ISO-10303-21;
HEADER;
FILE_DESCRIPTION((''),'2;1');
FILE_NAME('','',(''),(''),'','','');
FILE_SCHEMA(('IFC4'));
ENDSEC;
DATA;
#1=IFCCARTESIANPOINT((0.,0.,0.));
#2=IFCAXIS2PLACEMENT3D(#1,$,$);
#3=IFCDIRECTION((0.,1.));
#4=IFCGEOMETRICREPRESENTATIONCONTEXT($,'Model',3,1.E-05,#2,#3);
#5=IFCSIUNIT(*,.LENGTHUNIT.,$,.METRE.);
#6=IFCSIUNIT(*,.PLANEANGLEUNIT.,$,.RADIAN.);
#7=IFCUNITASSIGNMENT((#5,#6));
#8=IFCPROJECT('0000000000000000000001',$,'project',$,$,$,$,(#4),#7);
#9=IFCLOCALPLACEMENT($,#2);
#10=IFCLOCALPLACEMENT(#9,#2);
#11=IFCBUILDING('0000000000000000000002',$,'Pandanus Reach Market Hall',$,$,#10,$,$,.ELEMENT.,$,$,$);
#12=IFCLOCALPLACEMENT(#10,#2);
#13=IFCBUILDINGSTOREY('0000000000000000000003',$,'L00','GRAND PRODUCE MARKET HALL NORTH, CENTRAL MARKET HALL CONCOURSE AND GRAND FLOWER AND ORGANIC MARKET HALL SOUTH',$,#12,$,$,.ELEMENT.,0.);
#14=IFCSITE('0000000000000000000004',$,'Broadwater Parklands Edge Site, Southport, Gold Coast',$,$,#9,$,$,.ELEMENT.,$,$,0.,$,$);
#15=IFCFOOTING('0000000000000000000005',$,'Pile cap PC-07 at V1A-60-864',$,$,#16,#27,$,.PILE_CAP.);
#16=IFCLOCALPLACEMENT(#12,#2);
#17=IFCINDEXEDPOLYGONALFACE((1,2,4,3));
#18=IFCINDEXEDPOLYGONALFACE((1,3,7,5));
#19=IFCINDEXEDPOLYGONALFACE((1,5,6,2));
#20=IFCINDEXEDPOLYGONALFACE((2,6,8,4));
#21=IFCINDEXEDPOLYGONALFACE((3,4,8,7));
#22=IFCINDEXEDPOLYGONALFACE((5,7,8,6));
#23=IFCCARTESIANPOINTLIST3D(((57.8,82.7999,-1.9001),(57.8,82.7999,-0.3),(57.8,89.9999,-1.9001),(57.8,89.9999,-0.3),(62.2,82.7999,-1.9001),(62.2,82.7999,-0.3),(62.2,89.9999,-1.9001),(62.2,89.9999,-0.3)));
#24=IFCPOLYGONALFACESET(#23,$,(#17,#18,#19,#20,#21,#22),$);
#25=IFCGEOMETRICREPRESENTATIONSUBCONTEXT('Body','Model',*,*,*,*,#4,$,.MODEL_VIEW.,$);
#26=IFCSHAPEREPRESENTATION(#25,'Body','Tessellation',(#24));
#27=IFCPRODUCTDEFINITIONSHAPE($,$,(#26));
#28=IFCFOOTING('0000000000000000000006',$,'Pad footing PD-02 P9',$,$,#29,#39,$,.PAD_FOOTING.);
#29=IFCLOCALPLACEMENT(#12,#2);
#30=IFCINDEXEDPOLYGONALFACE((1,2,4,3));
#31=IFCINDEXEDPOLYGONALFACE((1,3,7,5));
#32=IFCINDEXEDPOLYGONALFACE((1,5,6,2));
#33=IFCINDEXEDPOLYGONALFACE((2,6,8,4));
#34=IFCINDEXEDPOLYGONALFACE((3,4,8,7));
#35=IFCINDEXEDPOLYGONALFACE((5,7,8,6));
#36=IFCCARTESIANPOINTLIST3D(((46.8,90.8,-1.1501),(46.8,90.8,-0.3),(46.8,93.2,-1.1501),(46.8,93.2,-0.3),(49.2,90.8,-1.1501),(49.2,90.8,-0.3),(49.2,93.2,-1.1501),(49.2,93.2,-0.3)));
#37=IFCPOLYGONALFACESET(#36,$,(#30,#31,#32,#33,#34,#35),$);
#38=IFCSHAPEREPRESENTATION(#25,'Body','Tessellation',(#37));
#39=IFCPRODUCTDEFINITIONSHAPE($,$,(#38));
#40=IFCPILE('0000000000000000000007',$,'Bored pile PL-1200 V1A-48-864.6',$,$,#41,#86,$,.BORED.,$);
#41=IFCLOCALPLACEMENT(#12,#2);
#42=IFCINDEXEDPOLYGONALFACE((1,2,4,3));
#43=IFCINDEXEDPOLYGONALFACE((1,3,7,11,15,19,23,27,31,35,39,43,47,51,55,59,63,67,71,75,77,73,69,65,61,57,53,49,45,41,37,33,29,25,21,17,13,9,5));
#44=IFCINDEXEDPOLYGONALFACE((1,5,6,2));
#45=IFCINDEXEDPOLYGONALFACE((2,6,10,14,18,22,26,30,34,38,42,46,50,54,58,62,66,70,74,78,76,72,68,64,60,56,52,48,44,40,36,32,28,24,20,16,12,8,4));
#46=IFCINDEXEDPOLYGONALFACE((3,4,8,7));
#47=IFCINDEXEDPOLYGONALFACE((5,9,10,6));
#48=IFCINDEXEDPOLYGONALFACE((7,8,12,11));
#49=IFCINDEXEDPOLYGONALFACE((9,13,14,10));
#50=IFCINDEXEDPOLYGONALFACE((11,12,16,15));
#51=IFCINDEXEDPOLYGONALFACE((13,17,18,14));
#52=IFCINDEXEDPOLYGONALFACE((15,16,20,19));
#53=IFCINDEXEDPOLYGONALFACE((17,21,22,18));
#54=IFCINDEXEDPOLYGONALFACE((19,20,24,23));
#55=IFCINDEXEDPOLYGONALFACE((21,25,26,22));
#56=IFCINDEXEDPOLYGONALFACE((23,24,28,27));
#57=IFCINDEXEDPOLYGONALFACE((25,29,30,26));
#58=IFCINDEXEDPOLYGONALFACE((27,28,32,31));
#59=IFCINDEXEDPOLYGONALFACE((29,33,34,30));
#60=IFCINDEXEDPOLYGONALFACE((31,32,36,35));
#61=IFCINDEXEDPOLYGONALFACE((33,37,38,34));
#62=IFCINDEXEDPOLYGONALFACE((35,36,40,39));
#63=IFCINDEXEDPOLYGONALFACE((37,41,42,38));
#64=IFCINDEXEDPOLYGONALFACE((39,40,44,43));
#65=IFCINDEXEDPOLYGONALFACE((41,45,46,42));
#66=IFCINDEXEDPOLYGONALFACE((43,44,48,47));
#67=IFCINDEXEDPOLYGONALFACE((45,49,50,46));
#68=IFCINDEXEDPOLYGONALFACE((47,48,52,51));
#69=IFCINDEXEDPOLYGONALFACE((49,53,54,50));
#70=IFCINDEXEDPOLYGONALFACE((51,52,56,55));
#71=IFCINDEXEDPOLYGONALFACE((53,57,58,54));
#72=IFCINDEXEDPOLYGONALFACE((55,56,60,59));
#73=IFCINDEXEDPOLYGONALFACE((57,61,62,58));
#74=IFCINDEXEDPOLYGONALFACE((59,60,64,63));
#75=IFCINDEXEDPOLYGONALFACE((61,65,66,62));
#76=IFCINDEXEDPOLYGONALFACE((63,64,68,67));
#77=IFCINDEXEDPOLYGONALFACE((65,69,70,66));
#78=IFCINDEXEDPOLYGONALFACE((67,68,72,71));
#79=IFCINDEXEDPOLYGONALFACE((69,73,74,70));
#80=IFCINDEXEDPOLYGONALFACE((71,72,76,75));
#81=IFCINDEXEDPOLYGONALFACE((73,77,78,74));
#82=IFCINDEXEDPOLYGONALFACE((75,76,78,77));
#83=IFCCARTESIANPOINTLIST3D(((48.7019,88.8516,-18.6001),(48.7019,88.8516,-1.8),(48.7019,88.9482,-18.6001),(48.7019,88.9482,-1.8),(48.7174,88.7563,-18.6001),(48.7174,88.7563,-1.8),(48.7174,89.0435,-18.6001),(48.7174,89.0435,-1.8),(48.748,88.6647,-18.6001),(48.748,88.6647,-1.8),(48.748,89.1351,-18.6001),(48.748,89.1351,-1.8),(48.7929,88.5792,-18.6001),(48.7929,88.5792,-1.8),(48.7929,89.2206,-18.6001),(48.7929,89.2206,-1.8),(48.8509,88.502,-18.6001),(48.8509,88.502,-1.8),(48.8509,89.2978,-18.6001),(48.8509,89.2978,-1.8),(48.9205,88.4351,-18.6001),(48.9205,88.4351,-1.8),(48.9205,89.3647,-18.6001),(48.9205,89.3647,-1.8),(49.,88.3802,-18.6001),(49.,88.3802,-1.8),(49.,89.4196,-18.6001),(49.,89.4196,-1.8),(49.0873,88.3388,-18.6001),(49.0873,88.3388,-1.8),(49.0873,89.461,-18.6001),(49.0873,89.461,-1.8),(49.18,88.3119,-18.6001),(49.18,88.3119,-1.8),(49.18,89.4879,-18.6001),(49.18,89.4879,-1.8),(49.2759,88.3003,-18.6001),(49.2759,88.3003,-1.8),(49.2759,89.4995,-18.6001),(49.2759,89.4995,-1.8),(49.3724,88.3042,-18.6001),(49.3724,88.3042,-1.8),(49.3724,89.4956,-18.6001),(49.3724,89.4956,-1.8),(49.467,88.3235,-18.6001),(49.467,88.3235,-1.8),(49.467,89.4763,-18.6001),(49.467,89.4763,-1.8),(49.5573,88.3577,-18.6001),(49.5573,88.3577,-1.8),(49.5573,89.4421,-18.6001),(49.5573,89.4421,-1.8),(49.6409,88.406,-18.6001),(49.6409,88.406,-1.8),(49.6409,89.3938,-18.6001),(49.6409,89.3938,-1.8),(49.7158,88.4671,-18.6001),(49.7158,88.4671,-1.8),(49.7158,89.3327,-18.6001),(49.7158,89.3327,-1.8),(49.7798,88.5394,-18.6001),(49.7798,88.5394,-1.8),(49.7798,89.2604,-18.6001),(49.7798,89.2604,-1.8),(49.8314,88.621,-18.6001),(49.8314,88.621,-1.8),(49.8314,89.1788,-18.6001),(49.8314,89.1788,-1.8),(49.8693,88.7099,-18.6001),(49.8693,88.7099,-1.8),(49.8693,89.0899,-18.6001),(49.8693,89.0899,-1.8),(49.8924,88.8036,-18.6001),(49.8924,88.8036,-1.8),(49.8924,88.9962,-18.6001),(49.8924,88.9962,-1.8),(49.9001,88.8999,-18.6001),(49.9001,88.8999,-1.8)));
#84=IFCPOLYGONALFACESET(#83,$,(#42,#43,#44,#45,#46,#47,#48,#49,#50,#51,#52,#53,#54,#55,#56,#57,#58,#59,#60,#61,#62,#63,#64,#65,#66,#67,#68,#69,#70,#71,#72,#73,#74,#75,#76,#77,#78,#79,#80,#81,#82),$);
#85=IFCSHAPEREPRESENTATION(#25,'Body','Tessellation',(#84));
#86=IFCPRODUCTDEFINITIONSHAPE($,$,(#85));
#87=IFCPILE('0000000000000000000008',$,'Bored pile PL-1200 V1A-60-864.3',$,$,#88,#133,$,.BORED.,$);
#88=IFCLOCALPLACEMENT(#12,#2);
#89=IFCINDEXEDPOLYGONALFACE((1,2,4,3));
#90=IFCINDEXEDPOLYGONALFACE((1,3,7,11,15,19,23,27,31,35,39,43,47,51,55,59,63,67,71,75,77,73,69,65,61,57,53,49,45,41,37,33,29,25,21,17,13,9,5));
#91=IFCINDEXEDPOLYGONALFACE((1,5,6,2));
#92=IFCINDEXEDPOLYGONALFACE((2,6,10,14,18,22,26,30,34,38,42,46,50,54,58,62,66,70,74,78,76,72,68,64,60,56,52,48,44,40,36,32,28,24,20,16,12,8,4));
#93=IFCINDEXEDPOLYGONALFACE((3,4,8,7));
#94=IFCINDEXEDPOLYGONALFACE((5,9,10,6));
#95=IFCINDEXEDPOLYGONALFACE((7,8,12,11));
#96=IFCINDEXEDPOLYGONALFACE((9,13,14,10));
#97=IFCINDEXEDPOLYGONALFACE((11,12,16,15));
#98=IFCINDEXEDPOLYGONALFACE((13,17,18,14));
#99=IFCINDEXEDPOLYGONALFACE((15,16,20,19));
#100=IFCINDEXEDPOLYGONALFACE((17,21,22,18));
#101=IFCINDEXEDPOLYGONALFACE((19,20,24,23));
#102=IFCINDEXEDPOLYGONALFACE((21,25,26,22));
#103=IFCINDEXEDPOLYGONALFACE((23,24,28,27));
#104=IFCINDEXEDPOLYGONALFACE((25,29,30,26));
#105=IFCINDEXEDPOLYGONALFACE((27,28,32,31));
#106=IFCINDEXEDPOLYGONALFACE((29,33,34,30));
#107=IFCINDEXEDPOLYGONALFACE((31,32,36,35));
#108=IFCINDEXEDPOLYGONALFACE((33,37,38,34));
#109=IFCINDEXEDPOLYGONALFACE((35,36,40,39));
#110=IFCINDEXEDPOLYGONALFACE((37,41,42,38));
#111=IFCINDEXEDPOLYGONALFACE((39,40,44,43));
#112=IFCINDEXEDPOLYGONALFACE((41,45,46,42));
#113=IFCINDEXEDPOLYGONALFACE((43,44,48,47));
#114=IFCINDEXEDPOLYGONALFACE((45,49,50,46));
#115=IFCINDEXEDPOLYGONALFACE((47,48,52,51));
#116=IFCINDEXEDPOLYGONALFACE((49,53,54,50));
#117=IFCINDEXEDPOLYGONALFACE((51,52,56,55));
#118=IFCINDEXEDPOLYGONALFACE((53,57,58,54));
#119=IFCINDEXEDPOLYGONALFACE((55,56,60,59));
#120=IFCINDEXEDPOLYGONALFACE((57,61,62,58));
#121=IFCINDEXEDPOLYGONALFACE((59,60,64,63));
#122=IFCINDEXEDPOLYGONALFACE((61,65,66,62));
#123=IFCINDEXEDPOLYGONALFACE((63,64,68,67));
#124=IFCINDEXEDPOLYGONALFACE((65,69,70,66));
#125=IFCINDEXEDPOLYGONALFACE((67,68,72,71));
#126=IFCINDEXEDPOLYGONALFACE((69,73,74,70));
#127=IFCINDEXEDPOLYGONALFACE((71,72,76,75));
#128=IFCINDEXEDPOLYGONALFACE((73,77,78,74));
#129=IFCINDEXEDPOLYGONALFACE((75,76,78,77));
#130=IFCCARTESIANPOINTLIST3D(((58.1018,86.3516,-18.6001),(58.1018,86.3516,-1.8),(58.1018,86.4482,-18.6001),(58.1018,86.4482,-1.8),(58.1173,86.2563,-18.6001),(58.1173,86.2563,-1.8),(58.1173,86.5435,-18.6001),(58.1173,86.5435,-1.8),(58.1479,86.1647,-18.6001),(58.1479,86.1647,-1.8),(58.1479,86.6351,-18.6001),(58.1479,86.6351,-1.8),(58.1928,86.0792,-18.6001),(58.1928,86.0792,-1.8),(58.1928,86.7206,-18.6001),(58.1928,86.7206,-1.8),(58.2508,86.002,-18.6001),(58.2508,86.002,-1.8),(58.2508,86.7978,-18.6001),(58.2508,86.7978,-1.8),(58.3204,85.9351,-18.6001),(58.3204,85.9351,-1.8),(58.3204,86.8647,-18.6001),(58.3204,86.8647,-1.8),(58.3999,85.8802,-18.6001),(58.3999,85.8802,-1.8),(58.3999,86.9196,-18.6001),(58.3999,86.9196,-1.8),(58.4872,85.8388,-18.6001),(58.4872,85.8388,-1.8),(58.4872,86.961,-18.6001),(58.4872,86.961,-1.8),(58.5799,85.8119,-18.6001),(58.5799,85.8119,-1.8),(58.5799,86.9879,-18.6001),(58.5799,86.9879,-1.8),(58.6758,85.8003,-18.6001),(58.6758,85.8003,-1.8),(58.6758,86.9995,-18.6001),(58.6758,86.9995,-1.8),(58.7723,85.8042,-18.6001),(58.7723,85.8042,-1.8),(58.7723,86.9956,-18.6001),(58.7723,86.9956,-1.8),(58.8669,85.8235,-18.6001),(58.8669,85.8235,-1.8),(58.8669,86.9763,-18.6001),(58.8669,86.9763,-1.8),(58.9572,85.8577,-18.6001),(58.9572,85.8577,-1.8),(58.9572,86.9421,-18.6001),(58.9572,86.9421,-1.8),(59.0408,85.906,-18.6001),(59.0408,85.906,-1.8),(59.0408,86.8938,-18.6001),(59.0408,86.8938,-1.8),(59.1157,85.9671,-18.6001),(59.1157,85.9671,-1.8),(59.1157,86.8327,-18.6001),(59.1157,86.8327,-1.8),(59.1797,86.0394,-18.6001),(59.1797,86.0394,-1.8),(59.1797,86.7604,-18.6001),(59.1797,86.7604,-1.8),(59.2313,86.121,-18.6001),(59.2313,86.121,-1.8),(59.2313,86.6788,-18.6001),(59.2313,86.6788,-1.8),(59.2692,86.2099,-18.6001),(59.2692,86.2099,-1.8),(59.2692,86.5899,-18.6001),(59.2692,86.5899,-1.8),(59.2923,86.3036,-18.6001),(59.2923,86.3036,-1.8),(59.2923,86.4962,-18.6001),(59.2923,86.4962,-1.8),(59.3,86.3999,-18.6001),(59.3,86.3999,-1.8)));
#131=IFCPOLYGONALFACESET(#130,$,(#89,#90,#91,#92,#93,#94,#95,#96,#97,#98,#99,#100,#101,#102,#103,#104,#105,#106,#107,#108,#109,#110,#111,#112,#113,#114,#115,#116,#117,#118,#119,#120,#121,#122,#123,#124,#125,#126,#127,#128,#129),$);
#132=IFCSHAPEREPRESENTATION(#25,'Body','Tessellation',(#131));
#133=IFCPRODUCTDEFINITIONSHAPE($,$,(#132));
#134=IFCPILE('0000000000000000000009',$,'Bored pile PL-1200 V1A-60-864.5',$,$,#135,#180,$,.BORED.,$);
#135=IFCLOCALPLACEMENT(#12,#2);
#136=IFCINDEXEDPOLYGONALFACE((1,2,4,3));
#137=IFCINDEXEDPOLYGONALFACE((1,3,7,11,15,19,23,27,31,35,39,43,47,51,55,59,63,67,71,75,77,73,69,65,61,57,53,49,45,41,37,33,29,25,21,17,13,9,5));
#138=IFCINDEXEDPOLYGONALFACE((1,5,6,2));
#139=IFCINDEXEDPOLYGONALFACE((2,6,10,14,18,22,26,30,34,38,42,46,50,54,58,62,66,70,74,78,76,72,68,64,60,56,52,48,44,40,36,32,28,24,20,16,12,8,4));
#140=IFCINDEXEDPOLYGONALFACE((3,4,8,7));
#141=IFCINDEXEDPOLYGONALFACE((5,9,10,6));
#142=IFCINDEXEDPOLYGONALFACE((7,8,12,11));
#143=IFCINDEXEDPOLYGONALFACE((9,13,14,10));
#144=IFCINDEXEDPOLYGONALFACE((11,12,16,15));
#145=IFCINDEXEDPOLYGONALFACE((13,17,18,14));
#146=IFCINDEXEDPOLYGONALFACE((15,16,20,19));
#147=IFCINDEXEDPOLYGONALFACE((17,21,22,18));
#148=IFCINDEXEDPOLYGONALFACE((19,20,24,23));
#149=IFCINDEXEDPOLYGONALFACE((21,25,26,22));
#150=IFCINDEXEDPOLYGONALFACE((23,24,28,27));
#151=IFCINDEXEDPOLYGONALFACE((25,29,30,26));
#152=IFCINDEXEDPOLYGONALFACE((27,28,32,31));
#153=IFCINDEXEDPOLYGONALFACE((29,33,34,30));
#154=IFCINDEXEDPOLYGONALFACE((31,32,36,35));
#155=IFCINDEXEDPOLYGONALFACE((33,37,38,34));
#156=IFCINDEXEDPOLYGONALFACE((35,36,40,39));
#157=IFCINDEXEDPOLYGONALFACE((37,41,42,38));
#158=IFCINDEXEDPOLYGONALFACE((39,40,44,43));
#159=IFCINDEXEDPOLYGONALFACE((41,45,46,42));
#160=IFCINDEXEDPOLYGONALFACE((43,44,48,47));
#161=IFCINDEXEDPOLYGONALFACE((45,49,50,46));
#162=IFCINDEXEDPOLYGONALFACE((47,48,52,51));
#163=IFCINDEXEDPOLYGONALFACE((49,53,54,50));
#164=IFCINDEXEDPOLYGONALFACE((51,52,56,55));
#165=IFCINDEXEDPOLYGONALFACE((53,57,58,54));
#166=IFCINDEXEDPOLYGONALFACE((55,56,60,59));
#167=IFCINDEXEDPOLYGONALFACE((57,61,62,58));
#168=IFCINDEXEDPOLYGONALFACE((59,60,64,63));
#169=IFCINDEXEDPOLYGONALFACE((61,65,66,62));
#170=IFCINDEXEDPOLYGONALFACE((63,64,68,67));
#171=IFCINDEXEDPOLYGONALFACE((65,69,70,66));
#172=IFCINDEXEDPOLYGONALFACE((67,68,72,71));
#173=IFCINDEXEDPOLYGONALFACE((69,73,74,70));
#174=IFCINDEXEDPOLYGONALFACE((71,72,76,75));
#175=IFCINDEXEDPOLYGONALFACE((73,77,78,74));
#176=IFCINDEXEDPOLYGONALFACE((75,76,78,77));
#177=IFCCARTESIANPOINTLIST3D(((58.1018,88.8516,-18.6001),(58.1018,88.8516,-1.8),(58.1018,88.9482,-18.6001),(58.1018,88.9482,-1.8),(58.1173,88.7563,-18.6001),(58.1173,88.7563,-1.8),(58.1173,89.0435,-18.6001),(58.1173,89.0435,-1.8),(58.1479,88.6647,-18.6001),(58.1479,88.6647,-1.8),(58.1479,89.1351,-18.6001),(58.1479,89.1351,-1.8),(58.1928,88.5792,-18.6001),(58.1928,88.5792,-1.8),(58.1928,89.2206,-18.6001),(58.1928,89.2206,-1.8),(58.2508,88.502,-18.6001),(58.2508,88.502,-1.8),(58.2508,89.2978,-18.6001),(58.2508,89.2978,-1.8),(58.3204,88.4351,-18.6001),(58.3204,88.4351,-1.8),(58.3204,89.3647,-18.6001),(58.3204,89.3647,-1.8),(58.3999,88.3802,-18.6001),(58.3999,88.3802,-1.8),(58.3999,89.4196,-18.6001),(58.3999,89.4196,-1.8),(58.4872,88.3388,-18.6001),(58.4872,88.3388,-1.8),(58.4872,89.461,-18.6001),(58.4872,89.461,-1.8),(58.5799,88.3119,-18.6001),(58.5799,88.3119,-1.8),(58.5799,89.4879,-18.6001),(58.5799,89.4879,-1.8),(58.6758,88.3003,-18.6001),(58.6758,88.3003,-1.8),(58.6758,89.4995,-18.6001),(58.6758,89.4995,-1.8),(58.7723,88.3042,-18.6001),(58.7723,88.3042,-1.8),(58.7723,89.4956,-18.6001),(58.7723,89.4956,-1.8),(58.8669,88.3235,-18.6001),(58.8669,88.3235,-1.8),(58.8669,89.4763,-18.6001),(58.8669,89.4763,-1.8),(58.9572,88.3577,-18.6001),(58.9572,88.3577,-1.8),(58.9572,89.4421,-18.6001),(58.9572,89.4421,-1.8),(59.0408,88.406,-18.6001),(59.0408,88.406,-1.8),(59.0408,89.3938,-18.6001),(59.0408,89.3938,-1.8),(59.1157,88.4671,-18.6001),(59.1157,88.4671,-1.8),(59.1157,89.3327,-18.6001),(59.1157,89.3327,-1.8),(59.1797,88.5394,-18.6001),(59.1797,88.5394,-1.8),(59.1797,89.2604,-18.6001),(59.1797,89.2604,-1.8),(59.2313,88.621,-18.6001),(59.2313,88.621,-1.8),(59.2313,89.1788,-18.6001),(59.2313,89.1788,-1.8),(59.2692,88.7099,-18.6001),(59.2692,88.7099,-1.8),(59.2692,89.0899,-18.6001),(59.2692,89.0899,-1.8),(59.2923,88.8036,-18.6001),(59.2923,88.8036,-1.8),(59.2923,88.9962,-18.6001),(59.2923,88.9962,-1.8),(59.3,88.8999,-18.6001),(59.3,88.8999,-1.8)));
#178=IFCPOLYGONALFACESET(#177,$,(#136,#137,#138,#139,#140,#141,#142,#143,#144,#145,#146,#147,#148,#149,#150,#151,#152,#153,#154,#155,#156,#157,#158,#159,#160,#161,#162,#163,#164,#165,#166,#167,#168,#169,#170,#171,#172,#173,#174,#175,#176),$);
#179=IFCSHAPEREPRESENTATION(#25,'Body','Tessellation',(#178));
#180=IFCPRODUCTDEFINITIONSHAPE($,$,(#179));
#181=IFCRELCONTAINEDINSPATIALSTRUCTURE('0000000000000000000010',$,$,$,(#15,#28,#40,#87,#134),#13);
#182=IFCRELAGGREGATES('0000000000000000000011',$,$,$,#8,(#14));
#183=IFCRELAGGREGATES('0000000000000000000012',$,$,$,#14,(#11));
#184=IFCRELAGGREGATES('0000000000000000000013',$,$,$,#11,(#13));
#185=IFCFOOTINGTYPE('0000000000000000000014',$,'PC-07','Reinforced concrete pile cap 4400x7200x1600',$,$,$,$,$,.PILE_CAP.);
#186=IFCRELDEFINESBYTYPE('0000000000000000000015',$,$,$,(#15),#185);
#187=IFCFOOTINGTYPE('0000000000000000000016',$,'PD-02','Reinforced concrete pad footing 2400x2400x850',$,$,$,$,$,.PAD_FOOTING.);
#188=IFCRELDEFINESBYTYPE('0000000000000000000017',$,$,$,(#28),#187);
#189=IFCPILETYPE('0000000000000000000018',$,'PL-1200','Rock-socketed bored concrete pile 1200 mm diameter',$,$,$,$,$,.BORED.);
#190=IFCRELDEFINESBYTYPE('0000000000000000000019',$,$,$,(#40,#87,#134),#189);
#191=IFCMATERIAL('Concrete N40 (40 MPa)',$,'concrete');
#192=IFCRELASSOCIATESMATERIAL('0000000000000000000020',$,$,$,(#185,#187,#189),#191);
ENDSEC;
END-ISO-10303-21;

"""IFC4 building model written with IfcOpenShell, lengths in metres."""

from ifc_helpers import new_model, si_unit, direction, frame, origin, origin_2d, place, context, subcontext, project, spatial, rectangle, circle, extrude, material, material_profile, profile_set, type_object, element, save


model = new_model("IFC4")

# Units and contexts
model_context = context("Model", 3, precision=1e-05, world=origin(), true_north=direction((0.0, 1.0)))
body_context = subcontext(model_context, "Body", "Model", "MODEL_VIEW")
ifc_project = project(units=[si_unit("LENGTHUNIT", "METRE"), si_unit("PLANEANGLEUNIT", "RADIAN")], contexts=[model_context])

# Site, building, storey
site_placement = place(None, origin())
site = spatial("IfcSite", under=ifc_project, at=site_placement, Name="Broadwater Parklands Edge Site, Southport, Gold Coast", CompositionType="ELEMENT", RefElevation=0.0)
building_placement = place(site_placement, origin())
building = spatial("IfcBuilding", under=site, at=building_placement, Name="Pandanus Reach Market Hall", CompositionType="ELEMENT")
storey_placement = place(building_placement, origin())
storey = spatial("IfcBuildingStorey", under=building, at=storey_placement, Name="L00", Description="GRAND PRODUCE MARKET HALL NORTH, CENTRAL MARKET HALL CONCOURSE AND GRAND FLOWER AND ORGANIC MARKET HALL SOUTH", CompositionType="ELEMENT", Elevation=0.0)

# Footings
ifc_material_1 = material(Name="Concrete N40 (40 MPa)", Category="concrete")
footing_type_1 = type_object("IfcFootingType", Name="PC-07", Description="Reinforced concrete pile cap 4400x7200x1600", PredefinedType="PILE_CAP", material=ifc_material_1)
footing_1_placement = place(storey_placement, frame((60.0, 86.3999, -1.9001), z_axis=(0.0, 0.0, 1.0), x_axis=(1.0, 0.0, 0.0)))
element("IfcFooting", 1, at=footing_1_placement, inside=storey, type_object=footing_type_1, Name="Pile cap PC-07 at V1A-60-864", PredefinedType="PILE_CAP", context=body_context, shape_type="SweptSolid", body=[
    extrude(rectangle(XDim=4.3999, YDim=7.2, at=origin_2d()), origin(), (0.0, 0.0, 1.0), 1.6001),
])
footing_type_2 = type_object("IfcFootingType", Name="PD-02", Description="Reinforced concrete pad footing 2400x2400x850", PredefinedType="PAD_FOOTING", material=ifc_material_1)
footing_2_placement = place(storey_placement, frame((48.0, 92.0, -1.1501), z_axis=(0.0, 0.0, 1.0), x_axis=(1.0, 0.0, 0.0)))
element("IfcFooting", 2, at=footing_2_placement, inside=storey, type_object=footing_type_2, Name="Pad footing PD-02 P9", PredefinedType="PAD_FOOTING", context=body_context, shape_type="SweptSolid", body=[
    extrude(rectangle(XDim=2.3999, YDim=2.3999, at=origin_2d()), origin(), (0.0, 0.0, 1.0), 0.8501),
])

# Piles
ifc_material_profile_1 = material_profile(ifc_material_1, circle(Radius=0.6001, at=origin_2d()), Name="PILE-1200D", Category="LoadBearing")
ifc_profile_set_1 = profile_set([ifc_material_profile_1], Name="Concrete N40 (40 MPa)")
pile_type = type_object("IfcPileType", Name="PL-1200", Description="Rock-socketed bored concrete pile 1200 mm diameter", PredefinedType="BORED", material=ifc_profile_set_1)
for number, where, z_axis, x_axis, name in (
    (3, (49.3, 88.8999, -1.8), (0.0, 0.0, -1.0), (1.0, 0.0, 0.0), "Bored pile PL-1200 V1A-48-864.6"),
    (4, (58.7, 86.3999, -1.8), (0.0, 0.0, -1.0), (1.0, 0.0, 0.0), "Bored pile PL-1200 V1A-60-864.3"),
    (5, (58.7, 88.8999, -1.8), (0.0, 0.0, -1.0), (1.0, 0.0, 0.0), "Bored pile PL-1200 V1A-60-864.5"),
):
    element("IfcPile", number, at=place(storey_placement, frame(where, z_axis=z_axis, x_axis=x_axis)), inside=storey, type_object=pile_type, Name=name, PredefinedType="BORED", context=body_context, shape_type="SweptSolid", body=[
        extrude(circle(Radius=0.6001, at=origin_2d()), origin(), (0.0, 0.0, 1.0), 16.8),
    ])

save(model, "model.ifc")
